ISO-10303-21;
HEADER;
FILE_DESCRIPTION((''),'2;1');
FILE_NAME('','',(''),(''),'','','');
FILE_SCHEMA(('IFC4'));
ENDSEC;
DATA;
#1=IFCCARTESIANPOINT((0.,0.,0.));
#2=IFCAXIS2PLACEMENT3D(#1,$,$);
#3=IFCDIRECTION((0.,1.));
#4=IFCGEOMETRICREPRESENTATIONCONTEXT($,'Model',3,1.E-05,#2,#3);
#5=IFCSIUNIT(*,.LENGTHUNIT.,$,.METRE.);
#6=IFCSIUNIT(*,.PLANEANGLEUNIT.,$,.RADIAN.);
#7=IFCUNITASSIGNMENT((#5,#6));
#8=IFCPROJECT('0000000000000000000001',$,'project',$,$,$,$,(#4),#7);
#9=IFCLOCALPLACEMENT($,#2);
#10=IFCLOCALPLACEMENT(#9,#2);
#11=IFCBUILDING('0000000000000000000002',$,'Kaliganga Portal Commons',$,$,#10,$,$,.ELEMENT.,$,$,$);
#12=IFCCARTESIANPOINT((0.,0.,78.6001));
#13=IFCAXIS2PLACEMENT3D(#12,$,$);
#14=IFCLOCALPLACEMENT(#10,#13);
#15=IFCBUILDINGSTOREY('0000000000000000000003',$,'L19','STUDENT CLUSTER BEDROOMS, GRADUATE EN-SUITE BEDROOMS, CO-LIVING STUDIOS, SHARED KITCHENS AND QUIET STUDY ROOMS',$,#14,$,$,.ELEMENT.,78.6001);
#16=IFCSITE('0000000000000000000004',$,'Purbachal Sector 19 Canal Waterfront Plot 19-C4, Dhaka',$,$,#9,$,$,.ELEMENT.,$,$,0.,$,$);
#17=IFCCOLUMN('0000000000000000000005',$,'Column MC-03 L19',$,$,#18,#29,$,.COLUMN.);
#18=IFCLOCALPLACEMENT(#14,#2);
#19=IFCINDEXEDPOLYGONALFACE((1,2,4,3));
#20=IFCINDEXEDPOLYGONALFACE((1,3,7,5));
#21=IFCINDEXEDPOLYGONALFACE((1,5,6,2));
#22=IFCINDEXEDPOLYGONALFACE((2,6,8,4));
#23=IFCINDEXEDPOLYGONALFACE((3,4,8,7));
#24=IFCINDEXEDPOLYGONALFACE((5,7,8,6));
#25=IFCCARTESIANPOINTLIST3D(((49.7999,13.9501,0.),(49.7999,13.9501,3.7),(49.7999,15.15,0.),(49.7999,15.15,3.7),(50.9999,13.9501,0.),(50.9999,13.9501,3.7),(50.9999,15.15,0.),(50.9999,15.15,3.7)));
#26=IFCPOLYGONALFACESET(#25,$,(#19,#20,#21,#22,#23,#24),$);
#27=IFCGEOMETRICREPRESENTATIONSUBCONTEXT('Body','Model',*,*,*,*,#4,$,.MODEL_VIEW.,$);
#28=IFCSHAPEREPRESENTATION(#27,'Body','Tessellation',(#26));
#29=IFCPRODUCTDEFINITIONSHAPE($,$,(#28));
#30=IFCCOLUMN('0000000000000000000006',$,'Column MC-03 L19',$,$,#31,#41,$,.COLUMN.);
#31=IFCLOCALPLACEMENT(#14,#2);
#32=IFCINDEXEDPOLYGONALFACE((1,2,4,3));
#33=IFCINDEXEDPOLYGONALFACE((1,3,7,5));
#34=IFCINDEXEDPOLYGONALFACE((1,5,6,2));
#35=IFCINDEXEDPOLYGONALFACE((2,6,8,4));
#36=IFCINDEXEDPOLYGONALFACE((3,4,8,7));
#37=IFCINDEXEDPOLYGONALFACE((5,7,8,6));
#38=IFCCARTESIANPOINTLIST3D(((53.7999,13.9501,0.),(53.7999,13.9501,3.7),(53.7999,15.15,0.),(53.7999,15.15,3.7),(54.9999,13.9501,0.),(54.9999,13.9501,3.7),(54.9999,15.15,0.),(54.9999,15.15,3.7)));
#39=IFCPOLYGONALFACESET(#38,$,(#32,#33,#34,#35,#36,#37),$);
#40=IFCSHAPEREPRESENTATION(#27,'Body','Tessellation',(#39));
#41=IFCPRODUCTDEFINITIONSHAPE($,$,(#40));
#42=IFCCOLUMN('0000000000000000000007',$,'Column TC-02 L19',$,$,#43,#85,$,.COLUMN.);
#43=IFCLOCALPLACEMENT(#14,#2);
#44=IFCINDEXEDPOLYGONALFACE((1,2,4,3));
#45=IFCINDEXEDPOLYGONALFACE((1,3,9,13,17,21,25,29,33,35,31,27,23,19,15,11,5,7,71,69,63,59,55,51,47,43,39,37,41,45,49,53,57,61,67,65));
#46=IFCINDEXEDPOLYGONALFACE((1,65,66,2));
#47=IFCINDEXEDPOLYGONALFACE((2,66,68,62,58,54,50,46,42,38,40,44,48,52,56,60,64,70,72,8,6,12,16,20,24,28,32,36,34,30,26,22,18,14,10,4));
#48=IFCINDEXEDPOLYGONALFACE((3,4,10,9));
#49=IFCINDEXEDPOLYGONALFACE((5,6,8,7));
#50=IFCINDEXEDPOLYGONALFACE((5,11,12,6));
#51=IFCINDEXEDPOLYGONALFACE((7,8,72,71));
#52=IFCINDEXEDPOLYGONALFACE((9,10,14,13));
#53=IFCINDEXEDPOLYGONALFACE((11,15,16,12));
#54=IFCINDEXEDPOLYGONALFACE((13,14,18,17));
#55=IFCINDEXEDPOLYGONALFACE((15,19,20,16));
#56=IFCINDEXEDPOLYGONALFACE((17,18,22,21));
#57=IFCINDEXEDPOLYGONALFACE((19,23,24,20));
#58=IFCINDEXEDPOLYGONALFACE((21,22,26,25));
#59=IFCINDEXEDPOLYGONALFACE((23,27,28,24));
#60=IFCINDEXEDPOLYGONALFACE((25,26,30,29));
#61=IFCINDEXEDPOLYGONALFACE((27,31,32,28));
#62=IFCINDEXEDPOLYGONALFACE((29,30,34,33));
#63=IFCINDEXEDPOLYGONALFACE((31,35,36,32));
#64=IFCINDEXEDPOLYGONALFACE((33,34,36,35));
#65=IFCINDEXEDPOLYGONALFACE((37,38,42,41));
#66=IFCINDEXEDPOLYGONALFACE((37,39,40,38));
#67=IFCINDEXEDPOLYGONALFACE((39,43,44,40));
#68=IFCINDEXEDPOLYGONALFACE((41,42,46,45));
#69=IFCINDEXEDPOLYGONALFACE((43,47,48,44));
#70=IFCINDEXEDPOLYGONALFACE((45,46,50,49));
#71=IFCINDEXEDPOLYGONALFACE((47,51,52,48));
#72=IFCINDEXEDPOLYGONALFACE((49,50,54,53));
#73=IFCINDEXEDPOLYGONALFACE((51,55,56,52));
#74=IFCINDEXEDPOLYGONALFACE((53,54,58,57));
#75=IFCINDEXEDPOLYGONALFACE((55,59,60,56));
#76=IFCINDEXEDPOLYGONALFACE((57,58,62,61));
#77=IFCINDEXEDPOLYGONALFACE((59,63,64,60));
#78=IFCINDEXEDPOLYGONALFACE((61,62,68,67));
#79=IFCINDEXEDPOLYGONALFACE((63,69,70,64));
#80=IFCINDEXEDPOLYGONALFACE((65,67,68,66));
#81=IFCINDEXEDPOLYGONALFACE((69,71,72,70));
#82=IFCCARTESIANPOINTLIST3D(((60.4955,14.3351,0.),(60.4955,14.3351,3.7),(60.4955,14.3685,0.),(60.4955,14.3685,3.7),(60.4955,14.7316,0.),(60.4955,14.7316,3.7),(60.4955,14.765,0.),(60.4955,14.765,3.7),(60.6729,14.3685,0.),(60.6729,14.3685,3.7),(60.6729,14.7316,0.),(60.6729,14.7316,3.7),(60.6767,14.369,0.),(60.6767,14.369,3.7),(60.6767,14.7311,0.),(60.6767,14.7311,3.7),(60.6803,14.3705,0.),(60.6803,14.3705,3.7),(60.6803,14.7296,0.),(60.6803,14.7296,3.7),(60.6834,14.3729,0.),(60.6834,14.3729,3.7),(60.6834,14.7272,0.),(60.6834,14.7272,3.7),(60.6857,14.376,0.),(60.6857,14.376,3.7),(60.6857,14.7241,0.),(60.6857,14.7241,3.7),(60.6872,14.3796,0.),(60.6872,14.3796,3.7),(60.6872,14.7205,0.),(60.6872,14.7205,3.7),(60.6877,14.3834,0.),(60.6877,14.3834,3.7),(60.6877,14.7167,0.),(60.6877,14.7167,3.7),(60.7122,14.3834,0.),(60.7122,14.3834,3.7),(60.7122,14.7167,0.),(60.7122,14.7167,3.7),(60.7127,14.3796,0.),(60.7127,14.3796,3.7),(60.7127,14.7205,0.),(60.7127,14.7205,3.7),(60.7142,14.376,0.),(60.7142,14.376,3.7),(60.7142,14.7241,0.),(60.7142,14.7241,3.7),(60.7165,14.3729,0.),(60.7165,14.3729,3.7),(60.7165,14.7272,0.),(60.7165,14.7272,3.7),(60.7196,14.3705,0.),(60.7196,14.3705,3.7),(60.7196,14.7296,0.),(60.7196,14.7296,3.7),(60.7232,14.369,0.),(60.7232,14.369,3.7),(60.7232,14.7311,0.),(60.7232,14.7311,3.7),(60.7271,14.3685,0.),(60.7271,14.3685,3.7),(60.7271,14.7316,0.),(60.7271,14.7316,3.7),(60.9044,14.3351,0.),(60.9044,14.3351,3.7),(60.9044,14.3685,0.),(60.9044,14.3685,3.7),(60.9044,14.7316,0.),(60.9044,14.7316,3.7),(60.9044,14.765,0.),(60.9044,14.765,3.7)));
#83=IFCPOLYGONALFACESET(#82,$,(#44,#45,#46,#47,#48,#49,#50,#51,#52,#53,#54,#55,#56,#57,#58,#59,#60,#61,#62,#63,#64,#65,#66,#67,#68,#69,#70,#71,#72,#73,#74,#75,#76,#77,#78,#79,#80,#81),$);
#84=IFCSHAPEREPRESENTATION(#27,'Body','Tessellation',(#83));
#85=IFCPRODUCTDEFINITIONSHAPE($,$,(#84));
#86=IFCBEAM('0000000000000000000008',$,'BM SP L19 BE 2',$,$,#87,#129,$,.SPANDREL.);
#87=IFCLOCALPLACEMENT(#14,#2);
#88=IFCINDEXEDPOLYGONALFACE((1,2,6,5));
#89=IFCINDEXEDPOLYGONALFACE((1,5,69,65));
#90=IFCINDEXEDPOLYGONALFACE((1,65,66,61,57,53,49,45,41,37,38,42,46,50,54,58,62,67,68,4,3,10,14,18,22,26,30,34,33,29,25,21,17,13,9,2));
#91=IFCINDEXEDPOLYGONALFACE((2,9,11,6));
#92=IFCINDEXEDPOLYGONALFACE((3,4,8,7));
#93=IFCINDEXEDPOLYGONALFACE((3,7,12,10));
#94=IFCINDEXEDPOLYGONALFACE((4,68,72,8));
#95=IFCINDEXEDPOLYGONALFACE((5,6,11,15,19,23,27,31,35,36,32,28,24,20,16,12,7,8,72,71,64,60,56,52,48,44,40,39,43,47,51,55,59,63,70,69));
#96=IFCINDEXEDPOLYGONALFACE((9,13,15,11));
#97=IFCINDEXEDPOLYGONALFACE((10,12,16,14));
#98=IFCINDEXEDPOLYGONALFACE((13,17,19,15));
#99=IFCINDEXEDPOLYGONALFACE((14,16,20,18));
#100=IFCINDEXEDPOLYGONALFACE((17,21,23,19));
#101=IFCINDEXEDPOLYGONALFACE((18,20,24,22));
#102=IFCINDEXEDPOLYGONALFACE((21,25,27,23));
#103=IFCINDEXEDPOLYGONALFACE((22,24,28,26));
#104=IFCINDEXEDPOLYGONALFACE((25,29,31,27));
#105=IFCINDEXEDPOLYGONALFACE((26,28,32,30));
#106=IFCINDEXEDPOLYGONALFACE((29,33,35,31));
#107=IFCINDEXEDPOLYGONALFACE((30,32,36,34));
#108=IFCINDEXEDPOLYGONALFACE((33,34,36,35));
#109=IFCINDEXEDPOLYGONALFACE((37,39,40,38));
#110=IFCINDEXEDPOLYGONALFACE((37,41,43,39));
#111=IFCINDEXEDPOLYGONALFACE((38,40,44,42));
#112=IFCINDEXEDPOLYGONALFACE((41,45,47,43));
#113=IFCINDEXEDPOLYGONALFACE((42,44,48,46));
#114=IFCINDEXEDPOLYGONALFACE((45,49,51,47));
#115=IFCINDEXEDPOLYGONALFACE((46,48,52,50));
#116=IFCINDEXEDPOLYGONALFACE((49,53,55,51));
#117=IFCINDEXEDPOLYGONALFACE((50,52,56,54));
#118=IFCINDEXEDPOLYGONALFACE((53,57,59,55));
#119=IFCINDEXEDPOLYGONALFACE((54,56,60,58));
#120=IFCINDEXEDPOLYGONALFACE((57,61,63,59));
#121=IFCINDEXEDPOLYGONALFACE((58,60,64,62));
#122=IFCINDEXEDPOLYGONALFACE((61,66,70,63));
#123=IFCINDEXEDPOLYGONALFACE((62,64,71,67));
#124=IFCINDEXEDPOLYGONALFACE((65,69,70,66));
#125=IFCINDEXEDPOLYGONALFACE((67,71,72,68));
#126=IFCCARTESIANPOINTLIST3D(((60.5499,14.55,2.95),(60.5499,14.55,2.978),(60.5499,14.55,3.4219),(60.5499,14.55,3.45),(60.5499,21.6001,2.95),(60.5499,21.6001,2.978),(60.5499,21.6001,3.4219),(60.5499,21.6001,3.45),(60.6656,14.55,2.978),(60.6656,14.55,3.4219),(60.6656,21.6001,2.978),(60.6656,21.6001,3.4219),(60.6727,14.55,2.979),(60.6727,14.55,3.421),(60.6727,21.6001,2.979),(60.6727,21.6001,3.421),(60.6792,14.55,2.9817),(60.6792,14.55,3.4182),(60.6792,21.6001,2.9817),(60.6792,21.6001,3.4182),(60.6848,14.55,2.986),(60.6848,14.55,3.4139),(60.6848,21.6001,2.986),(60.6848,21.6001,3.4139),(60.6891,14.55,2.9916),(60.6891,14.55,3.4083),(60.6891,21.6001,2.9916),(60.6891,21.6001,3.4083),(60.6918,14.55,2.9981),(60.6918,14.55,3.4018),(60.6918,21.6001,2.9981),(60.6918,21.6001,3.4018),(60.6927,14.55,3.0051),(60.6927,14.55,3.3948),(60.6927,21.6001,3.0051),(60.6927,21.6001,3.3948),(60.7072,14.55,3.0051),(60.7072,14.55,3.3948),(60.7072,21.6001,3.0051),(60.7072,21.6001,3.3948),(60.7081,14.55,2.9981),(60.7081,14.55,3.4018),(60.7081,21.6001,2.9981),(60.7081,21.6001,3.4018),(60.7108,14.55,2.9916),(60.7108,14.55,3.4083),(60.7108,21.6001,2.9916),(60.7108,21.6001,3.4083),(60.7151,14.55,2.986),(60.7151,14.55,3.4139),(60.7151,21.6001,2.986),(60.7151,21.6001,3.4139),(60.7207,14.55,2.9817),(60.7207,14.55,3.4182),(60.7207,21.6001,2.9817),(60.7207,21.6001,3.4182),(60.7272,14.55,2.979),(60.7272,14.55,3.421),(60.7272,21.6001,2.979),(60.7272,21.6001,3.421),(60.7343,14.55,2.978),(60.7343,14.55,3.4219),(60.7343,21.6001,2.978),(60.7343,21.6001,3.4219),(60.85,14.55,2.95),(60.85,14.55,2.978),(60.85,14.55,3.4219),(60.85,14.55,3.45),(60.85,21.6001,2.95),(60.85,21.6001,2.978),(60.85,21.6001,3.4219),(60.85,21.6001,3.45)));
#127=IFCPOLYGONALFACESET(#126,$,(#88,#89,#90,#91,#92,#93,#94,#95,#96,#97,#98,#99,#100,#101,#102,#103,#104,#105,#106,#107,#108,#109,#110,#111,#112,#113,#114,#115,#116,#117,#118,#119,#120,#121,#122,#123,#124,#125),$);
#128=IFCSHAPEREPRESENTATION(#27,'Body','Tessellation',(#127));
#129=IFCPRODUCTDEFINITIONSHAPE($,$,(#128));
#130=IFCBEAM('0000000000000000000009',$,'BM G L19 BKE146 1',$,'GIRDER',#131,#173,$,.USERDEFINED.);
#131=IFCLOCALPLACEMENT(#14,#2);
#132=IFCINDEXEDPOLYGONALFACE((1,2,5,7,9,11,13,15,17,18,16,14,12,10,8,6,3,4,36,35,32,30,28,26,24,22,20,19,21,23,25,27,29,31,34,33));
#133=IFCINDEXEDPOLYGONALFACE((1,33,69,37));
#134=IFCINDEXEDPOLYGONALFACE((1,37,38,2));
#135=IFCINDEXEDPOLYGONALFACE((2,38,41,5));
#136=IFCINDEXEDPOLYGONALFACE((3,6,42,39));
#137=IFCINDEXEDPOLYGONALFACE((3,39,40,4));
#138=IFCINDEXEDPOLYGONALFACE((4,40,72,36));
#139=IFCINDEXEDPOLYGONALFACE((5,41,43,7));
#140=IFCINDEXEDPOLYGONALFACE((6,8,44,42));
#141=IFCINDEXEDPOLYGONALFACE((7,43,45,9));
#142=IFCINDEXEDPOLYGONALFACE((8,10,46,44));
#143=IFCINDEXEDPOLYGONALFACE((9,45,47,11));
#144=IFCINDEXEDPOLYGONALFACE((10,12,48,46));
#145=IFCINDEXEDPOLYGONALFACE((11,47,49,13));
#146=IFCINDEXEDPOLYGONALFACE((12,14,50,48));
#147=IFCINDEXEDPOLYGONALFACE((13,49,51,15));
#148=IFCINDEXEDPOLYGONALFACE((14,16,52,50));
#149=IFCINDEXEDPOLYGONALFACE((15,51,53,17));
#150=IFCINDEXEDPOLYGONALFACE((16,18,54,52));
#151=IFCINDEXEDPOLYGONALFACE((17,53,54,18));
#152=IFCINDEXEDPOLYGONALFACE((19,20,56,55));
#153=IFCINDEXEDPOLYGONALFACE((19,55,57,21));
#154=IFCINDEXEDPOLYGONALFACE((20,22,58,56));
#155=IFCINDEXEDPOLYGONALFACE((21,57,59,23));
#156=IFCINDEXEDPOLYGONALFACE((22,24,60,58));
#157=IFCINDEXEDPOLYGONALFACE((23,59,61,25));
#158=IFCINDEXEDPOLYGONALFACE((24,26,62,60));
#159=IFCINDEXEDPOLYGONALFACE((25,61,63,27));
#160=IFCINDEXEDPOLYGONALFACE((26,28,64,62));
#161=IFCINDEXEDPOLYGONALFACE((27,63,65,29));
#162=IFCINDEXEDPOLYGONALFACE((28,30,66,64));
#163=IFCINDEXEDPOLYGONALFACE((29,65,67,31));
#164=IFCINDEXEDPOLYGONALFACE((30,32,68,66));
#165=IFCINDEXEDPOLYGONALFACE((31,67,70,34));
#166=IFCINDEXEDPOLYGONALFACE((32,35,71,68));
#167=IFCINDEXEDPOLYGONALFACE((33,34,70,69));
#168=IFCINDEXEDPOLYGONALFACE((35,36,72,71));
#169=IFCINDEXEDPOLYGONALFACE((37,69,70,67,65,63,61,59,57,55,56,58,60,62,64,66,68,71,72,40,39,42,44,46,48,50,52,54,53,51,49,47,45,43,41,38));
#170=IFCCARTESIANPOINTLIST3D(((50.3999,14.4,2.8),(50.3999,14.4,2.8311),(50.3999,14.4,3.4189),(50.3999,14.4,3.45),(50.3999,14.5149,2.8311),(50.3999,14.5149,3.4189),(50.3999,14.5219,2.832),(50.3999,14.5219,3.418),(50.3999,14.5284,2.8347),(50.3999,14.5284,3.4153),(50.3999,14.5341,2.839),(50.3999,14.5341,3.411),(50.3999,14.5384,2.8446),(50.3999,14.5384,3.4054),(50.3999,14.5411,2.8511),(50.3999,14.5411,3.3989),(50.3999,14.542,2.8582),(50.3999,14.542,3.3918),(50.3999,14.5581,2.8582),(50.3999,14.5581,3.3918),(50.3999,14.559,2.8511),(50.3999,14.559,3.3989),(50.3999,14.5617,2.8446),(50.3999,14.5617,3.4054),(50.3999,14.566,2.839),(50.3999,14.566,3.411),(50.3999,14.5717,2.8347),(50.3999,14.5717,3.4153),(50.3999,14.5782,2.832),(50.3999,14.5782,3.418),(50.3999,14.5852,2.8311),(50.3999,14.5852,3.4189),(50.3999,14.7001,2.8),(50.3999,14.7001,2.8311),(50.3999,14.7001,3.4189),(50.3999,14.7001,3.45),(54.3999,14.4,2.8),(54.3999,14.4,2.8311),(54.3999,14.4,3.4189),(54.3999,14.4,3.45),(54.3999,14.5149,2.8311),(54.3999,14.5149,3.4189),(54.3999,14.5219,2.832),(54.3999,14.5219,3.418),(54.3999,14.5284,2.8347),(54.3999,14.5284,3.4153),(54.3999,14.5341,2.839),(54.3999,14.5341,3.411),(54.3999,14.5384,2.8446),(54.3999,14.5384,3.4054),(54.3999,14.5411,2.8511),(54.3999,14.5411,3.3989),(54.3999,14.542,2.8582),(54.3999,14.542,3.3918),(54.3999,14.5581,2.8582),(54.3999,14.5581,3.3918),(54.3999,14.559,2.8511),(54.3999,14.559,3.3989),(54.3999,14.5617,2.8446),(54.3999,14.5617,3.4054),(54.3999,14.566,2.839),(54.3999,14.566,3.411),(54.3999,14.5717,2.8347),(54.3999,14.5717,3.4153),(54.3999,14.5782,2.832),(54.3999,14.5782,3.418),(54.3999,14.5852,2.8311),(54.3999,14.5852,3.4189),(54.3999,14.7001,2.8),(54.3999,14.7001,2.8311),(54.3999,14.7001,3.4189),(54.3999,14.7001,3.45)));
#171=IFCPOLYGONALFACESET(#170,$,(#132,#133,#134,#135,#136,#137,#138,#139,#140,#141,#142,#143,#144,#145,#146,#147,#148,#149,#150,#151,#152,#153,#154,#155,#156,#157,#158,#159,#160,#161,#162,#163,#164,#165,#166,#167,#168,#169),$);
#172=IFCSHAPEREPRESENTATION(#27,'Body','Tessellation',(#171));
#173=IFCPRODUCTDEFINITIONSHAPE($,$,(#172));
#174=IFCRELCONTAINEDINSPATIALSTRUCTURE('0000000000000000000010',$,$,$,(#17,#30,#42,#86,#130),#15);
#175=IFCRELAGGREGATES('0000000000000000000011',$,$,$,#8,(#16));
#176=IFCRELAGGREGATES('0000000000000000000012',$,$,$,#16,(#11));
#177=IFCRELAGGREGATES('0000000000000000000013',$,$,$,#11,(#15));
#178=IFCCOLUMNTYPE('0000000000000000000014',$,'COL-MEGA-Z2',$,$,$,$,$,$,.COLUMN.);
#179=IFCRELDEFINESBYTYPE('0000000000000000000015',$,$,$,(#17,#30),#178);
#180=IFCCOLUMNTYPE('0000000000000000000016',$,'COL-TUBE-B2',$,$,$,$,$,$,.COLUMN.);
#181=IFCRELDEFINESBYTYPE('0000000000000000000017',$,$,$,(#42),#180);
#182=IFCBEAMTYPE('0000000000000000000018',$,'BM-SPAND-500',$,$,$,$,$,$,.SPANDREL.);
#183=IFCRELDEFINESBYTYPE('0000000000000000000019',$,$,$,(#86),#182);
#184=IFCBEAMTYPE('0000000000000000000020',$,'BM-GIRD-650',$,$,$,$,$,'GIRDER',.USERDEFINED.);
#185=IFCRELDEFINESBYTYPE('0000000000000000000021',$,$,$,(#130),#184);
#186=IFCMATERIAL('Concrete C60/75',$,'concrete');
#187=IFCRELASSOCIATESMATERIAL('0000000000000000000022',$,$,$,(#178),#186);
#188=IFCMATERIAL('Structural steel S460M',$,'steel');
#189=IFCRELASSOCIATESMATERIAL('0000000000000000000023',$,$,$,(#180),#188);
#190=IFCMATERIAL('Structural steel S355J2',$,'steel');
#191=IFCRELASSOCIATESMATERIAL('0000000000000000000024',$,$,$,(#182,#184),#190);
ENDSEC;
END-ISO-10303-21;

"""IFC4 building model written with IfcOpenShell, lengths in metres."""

from ifc_helpers import new_model, si_unit, direction, frame, origin, origin_2d, place, context, subcontext, project, spatial, rectangle, i_section, extrude, source, transform, mapped, material, material_profile, profile_set, type_object, element, save


model = new_model("IFC4")

# Units and contexts
model_context = context("Model", 3, precision=1e-05, world=origin(), true_north=direction((0.0, 1.0)))
body_context = subcontext(model_context, "Body", "Model", "MODEL_VIEW")
ifc_project = project(units=[si_unit("LENGTHUNIT", "METRE"), si_unit("PLANEANGLEUNIT", "RADIAN")], contexts=[model_context])

# Site, building, storey
site_placement = place(None, origin())
site = spatial("IfcSite", under=ifc_project, at=site_placement, Name="Purbachal Sector 19 Canal Waterfront Plot 19-C4, Dhaka", CompositionType="ELEMENT", RefElevation=0.0)
building_placement = place(site_placement, origin())
building = spatial("IfcBuilding", under=site, at=building_placement, Name="Kaliganga Portal Commons", CompositionType="ELEMENT")
storey_placement = place(building_placement, frame((0.0, 0.0, 78.6001)))
storey = spatial("IfcBuildingStorey", under=building, at=storey_placement, Name="L19", Description="STUDENT CLUSTER BEDROOMS, GRADUATE EN-SUITE BEDROOMS, CO-LIVING STUDIOS, SHARED KITCHENS AND QUIET STUDY ROOMS", CompositionType="ELEMENT", Elevation=78.6001)

# Columns
ifc_material_1 = material(Name="Concrete C60/75", Category="concrete")
ifc_material_profile_1 = material_profile(ifc_material_1, rectangle(XDim=1.2, YDim=1.2, at=origin_2d()), Name="RC 1200x1200")
ifc_profile_set_1 = profile_set([ifc_material_profile_1], Name="Concrete C60/75")
column_type_1 = type_object("IfcColumnType", Name="COL-MEGA-Z2", PredefinedType="COLUMN", material=ifc_profile_set_1)
shared_shape_1 = source(origin(), body_context, "Body", "SweptSolid", [
    extrude(rectangle(XDim=1.2, YDim=1.2, at=origin_2d()), origin(), (0.0, 0.0, 1.0), 3.7),
])
for number, where, z_axis, x_axis, name in (
    (1, (50.3999, 14.55, 0.0), (0.0, 0.0, 1.0), (1.0, 0.0, 0.0), "Column MC-03 L19"),
    (2, (54.3999, 14.55, 0.0), (0.0, 0.0, 1.0), (1.0, 0.0, 0.0), "Column MC-03 L19"),
):
    element("IfcColumn", number, at=place(storey_placement, frame(where, z_axis=z_axis, x_axis=x_axis)), inside=storey, type_object=column_type_1, Name=name, PredefinedType="COLUMN", context=body_context, shape_type="MappedRepresentation", body=[
        mapped(shared_shape_1, transform((0.0, 0.0, 0.0), x_axis=(1.0, 0.0, 0.0), y_axis=(0.0, 1.0, 0.0), z_axis=(0.0, 0.0, 1.0), scale=1.0)),
    ])
ifc_material_2 = material(Name="Structural steel S460M", Category="steel")
ifc_material_profile_2 = material_profile(ifc_material_2, i_section(OverallWidth=0.4089, OverallDepth=0.4299, WebThickness=0.0244, FlangeThickness=0.0334, FilletRadius=0.0149, at=origin_2d()), Name="HD 400x421")
ifc_profile_set_2 = profile_set([ifc_material_profile_2], Name="Structural steel S460M wide-flange")
column_type_2 = type_object("IfcColumnType", Name="COL-TUBE-B2", PredefinedType="COLUMN", material=ifc_profile_set_2)
shared_shape_2 = source(origin(), body_context, "Body", "SweptSolid", [
    extrude(i_section(OverallWidth=0.4089, OverallDepth=0.4299, WebThickness=0.0244, FlangeThickness=0.0334, FilletRadius=0.0149, at=origin_2d()), origin(), (0.0, 0.0, 1.0), 3.7),
])
column_placement = place(storey_placement, frame((60.7, 14.55, 0.0), z_axis=(0.0, 0.0, 1.0), x_axis=(1.0, 0.0, 0.0)))
element("IfcColumn", 3, at=column_placement, inside=storey, type_object=column_type_2, Name="Column TC-02 L19", PredefinedType="COLUMN", context=body_context, shape_type="MappedRepresentation", body=[
    mapped(shared_shape_2, transform((0.0, 0.0, 0.0), x_axis=(1.0, 0.0, 0.0), y_axis=(0.0, 1.0, 0.0), z_axis=(0.0, 0.0, 1.0), scale=1.0)),
])

# Beams
ifc_material_3 = material(Name="Structural steel S355J2", Category="steel")
ifc_material_profile_3 = material_profile(ifc_material_3, i_section(OverallWidth=0.3, OverallDepth=0.5, WebThickness=0.0144, FlangeThickness=0.0281, FilletRadius=0.0271, at=origin_2d()), Name="HE 500 B")
ifc_profile_set_3 = profile_set([ifc_material_profile_3], Name="Structural steel S355J2 wide-flange")
beam_type_1 = type_object("IfcBeamType", Name="BM-SPAND-500", PredefinedType="SPANDREL", material=ifc_profile_set_3)
shared_shape_3 = source(origin(), body_context, "Body", "SweptSolid", [
    extrude(i_section(OverallWidth=0.3, OverallDepth=0.5, WebThickness=0.0144, FlangeThickness=0.0281, FilletRadius=0.0271, at=origin_2d()), origin(), (0.0, 0.0, 1.0), 7.05),
])
beam_1_placement = place(storey_placement, frame((60.7, 14.55, 3.2), z_axis=(0.0, 1.0, 0.0), x_axis=(-1.0, 0.0, 0.0)))
element("IfcBeam", 4, at=beam_1_placement, inside=storey, type_object=beam_type_1, Name="BM SP L19 BE 2", PredefinedType="SPANDREL", context=body_context, shape_type="MappedRepresentation", body=[
    mapped(shared_shape_3, transform((0.0, 0.0, 0.0), x_axis=(1.0, 0.0, 0.0), y_axis=(0.0, 1.0, 0.0), z_axis=(0.0, 0.0, 1.0), scale=1.0)),
])
ifc_material_profile_4 = material_profile(ifc_material_3, i_section(OverallWidth=0.3, OverallDepth=0.6499, WebThickness=0.0161, FlangeThickness=0.031, FilletRadius=0.0271, at=origin_2d()), Name="HE 650 B")
ifc_profile_set_4 = profile_set([ifc_material_profile_4], Name="Structural steel S355J2 wide-flange")
beam_type_2 = type_object("IfcBeamType", Name="BM-GIRD-650", ElementType="GIRDER", PredefinedType="USERDEFINED", material=ifc_profile_set_4)
shared_shape_4 = source(origin(), body_context, "Body", "SweptSolid", [
    extrude(i_section(OverallWidth=0.3, OverallDepth=0.6499, WebThickness=0.0161, FlangeThickness=0.031, FilletRadius=0.0271, at=origin_2d()), origin(), (0.0, 0.0, 1.0), 4.0),
])
beam_2_placement = place(storey_placement, frame((50.3999, 14.55, 3.125), z_axis=(1.0, 0.0, 0.0), x_axis=(0.0, 1.0, 0.0)))
element("IfcBeam", 5, at=beam_2_placement, inside=storey, type_object=beam_type_2, Name="BM G L19 BKE146 1", ObjectType="GIRDER", PredefinedType="USERDEFINED", context=body_context, shape_type="MappedRepresentation", body=[
    mapped(shared_shape_4, transform((0.0, 0.0, 0.0), x_axis=(1.0, 0.0, 0.0), y_axis=(0.0, 1.0, 0.0), z_axis=(0.0, 0.0, 1.0), scale=1.0)),
])

save(model, "model.ifc")
